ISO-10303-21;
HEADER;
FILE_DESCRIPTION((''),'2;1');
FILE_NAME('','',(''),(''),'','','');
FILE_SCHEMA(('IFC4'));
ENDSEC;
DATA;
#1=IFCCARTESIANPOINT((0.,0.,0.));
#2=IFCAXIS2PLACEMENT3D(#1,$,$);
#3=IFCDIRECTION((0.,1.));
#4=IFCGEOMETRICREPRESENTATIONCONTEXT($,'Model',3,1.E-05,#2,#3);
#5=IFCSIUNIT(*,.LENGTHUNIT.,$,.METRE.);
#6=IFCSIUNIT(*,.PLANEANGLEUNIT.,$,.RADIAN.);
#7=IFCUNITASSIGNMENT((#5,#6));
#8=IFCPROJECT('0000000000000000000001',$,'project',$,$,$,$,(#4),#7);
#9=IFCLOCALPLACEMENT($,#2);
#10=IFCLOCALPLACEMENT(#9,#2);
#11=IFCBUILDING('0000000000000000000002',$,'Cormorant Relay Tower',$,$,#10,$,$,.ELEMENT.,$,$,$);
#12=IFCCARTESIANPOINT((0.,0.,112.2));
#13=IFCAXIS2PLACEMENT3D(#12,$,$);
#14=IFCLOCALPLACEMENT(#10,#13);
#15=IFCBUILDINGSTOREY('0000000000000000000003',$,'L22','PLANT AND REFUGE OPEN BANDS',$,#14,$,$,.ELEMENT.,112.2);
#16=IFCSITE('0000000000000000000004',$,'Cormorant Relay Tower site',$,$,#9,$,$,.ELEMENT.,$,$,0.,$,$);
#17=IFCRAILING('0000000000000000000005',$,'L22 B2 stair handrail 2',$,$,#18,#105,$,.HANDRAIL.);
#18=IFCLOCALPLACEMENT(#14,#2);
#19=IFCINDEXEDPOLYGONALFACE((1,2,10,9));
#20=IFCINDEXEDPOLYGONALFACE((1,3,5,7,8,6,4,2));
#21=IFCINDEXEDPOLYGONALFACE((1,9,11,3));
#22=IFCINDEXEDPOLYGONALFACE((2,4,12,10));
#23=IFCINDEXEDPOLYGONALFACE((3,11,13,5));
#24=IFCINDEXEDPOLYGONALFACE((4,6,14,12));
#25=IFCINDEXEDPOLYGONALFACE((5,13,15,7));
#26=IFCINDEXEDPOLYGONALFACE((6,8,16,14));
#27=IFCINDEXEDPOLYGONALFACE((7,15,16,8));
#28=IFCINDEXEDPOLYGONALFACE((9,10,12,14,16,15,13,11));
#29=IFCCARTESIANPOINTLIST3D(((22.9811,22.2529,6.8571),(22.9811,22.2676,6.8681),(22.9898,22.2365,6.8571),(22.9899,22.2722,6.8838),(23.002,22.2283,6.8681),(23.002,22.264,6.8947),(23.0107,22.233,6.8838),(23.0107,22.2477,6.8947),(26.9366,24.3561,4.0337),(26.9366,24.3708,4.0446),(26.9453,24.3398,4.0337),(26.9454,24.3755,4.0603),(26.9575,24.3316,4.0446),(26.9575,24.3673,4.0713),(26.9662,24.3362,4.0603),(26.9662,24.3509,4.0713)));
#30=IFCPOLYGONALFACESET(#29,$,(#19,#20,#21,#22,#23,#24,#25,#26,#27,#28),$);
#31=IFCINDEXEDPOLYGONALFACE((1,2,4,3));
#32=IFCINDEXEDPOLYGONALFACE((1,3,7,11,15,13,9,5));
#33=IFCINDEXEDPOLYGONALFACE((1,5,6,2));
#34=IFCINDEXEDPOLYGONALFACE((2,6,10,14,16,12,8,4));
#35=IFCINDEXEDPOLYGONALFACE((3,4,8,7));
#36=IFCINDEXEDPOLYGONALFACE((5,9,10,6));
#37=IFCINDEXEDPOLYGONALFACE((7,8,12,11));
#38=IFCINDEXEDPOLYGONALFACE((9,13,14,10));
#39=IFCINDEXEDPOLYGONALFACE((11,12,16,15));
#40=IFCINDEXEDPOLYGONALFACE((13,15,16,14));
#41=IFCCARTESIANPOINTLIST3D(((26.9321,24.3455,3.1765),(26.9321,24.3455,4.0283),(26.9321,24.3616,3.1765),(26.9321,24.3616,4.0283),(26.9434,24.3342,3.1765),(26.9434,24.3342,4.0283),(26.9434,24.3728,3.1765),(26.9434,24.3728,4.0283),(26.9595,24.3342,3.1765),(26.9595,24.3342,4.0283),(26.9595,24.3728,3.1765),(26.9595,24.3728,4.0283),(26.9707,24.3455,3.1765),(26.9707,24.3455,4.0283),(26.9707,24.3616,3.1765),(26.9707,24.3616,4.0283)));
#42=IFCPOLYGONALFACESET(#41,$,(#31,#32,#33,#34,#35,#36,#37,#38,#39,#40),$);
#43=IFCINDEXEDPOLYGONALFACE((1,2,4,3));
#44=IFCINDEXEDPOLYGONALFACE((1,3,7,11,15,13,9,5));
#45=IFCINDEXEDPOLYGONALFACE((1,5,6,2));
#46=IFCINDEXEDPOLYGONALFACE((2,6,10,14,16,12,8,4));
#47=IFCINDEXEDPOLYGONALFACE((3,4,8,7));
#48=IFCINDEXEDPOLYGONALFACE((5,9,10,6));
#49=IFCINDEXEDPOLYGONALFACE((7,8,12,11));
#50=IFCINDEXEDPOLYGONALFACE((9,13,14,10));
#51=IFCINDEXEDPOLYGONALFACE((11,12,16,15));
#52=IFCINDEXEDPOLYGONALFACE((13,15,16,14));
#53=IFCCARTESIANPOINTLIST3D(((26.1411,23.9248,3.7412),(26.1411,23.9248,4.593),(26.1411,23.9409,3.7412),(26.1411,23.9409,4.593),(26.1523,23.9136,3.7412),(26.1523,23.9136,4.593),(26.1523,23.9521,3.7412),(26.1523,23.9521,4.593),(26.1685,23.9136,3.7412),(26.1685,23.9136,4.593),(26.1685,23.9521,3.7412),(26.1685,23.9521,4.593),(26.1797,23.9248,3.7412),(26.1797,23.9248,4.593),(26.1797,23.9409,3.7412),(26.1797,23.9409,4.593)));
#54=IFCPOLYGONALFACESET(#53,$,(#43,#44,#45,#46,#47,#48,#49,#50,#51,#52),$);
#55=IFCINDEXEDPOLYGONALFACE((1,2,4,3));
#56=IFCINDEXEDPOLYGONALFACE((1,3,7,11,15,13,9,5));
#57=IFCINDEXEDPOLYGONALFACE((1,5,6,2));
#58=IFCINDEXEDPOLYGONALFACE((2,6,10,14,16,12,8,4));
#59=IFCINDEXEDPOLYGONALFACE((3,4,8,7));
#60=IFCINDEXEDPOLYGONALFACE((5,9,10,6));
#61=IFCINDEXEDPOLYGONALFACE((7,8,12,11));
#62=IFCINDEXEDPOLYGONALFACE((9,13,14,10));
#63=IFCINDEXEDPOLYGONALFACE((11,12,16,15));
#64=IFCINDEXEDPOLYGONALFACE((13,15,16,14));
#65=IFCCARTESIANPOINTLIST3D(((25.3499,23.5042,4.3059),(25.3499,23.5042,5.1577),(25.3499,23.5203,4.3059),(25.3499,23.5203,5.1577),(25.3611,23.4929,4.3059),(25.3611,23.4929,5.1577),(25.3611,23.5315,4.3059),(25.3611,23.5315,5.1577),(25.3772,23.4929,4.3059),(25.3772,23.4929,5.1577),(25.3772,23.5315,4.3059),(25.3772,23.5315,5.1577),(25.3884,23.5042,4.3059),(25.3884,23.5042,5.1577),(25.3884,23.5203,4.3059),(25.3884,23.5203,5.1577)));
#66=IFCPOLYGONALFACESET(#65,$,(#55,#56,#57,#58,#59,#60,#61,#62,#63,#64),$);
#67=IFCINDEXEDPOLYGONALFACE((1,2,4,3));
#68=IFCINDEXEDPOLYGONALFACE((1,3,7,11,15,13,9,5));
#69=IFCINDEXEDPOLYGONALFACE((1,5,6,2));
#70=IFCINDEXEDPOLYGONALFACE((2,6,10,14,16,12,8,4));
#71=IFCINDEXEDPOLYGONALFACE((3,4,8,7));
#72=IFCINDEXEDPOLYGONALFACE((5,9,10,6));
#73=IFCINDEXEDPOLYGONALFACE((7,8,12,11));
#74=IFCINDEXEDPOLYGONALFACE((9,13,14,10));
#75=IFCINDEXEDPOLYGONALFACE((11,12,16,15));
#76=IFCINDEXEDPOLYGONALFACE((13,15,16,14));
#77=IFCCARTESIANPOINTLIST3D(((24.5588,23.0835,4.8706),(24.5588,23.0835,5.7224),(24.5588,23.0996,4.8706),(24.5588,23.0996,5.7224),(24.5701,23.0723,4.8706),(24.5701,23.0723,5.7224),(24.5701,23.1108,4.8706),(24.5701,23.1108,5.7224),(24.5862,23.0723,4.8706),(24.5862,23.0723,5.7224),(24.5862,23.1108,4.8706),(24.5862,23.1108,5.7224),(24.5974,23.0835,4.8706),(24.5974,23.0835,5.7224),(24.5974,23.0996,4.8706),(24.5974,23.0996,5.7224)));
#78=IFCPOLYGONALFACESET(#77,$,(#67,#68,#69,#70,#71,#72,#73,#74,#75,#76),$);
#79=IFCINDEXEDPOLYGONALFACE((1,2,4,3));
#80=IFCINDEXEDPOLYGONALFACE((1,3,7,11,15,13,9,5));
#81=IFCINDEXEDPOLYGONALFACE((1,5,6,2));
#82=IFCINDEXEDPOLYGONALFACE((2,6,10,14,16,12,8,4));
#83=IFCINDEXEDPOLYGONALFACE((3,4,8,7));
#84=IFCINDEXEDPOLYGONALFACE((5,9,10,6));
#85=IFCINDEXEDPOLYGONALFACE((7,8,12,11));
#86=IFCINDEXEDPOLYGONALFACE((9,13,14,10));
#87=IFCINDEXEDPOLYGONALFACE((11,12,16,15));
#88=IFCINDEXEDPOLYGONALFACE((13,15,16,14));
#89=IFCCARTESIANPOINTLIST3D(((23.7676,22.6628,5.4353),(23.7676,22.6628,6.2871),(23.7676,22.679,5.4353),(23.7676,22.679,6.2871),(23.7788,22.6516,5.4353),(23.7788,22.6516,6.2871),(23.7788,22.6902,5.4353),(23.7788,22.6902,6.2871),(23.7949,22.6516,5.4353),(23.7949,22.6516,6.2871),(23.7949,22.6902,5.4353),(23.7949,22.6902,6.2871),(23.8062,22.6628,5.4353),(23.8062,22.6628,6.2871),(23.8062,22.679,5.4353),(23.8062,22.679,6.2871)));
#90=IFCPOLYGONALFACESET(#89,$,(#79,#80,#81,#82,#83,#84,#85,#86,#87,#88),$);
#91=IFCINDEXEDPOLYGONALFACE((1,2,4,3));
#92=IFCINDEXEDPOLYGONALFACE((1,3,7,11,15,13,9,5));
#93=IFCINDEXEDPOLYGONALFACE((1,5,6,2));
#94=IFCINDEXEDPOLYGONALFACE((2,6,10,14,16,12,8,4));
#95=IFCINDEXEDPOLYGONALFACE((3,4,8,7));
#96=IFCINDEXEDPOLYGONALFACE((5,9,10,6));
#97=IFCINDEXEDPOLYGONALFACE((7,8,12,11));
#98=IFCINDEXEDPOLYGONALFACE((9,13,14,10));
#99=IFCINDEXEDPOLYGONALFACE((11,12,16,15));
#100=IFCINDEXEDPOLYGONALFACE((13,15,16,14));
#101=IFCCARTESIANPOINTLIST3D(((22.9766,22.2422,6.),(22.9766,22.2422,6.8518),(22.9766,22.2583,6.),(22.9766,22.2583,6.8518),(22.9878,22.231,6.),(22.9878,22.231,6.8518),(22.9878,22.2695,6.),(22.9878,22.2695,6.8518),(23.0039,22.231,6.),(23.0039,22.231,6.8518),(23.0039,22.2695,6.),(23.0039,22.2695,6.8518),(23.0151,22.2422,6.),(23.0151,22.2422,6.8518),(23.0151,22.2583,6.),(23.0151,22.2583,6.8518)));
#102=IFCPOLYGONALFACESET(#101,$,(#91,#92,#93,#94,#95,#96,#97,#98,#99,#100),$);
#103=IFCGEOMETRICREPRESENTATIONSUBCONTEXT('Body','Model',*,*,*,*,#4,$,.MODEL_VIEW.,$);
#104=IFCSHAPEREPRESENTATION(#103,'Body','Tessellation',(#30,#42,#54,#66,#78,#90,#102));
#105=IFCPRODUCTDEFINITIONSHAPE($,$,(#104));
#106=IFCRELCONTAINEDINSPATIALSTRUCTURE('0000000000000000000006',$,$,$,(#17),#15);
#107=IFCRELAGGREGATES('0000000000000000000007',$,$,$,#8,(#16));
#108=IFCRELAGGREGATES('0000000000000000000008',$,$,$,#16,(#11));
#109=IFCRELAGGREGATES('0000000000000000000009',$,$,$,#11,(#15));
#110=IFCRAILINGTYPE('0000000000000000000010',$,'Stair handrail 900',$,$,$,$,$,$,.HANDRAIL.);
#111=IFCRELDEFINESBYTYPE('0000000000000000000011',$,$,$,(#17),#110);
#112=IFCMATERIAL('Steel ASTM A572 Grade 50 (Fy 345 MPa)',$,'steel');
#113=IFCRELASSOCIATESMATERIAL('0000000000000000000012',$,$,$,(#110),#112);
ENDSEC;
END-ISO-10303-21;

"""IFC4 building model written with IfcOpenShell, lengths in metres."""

from ifc_helpers import new_model, si_unit, direction, frame, origin, place, context, subcontext, project, spatial, polyline, outline, extrude, material, type_object, element, save


model = new_model("IFC4")

# Units and contexts
model_context = context("Model", 3, precision=1e-05, world=origin(), true_north=direction((0.0, 1.0)))
body_context = subcontext(model_context, "Body", "Model", "MODEL_VIEW")
ifc_project = project(units=[si_unit("LENGTHUNIT", "METRE"), si_unit("PLANEANGLEUNIT", "RADIAN")], contexts=[model_context])

# Site, building, storey
site_placement = place(None, origin())
site = spatial("IfcSite", under=ifc_project, at=site_placement, Name="Cormorant Relay Tower site", CompositionType="ELEMENT", RefElevation=0.0)
building_placement = place(site_placement, origin())
building = spatial("IfcBuilding", under=site, at=building_placement, Name="Cormorant Relay Tower", CompositionType="ELEMENT")
storey_placement = place(building_placement, frame((0.0, 0.0, 112.2)))
storey = spatial("IfcBuildingStorey", under=building, at=storey_placement, Name="L22", Description="PLANT AND REFUGE OPEN BANDS", CompositionType="ELEMENT", Elevation=112.2)

# Railing
ifc_material_1 = material(Name="Steel ASTM A572 Grade 50 (Fy 345 MPa)", Category="steel")
railing_type_1 = type_object("IfcRailingType", Name="Stair handrail 900", PredefinedType="HANDRAIL", material=ifc_material_1)
railing_1_placement = place(storey_placement, frame((26.9514, 24.3535, 3.1765)))
element("IfcRailing", 1, at=railing_1_placement, inside=storey, type_object=railing_type_1, Name="L22 B2 stair handrail 2", PredefinedType="HANDRAIL", context=body_context, shape_type="SweptSolid", body=[
    extrude(outline(polyline([(0.0222, 0.0093), (0.0093, 0.0222), (-0.0093, 0.0222), (-0.0222, 0.0093), (-0.0222, -0.0093), (-0.0093, -0.0222), (0.0093, -0.0222), (0.0222, -0.0093), (0.0222, 0.0093)])), frame((0.0, 0.0, 0.876), z_axis=(-0.746967, -0.397181, 0.533186), x_axis=(0.469482, -0.882942, 0.0)), (0.0, 0.0, 1.0), 5.2954),
    extrude(outline(polyline([(0.0193, 0.0081), (0.0081, 0.0193), (-0.0081, 0.0193), (-0.0193, 0.0081), (-0.0193, -0.0081), (-0.0081, -0.0193), (0.0081, -0.0193), (0.0193, -0.0081), (0.0193, 0.0081)])), origin(), (0.0, 0.0, 1.0), 0.8518),
    extrude(outline(polyline([(0.0193, 0.0081), (0.0081, 0.0193), (-0.0081, 0.0193), (-0.0193, 0.0081), (-0.0193, -0.0081), (-0.0081, -0.0193), (0.0081, -0.0193), (0.0193, -0.0081), (0.0193, 0.0081)])), frame((-0.791, -0.4207, 0.5647)), (0.0, 0.0, 1.0), 0.8518),
    extrude(outline(polyline([(0.0193, 0.0081), (0.0081, 0.0193), (-0.0081, 0.0193), (-0.0193, 0.0081), (-0.0193, -0.0081), (-0.0081, -0.0193), (0.0081, -0.0193), (0.0193, -0.0081), (0.0193, 0.0081)])), frame((-1.5823, -0.8413, 1.1294)), (0.0, 0.0, 1.0), 0.8518),
    extrude(outline(polyline([(0.0193, 0.0081), (0.0081, 0.0193), (-0.0081, 0.0193), (-0.0193, 0.0081), (-0.0193, -0.0081), (-0.0081, -0.0193), (0.0081, -0.0193), (0.0193, -0.0081), (0.0193, 0.0081)])), frame((-2.3733, -1.262, 1.6941)), (0.0, 0.0, 1.0), 0.8518),
    extrude(outline(polyline([(0.0193, 0.0081), (0.0081, 0.0193), (-0.0081, 0.0193), (-0.0193, 0.0081), (-0.0193, -0.0081), (-0.0081, -0.0193), (0.0081, -0.0193), (0.0193, -0.0081), (0.0193, 0.0081)])), frame((-3.1646, -1.6826, 2.2588)), (0.0, 0.0, 1.0), 0.8518),
    extrude(outline(polyline([(0.0193, 0.0081), (0.0081, 0.0193), (-0.0081, 0.0193), (-0.0193, 0.0081), (-0.0193, -0.0081), (-0.0081, -0.0193), (0.0081, -0.0193), (0.0193, -0.0081), (0.0193, 0.0081)])), frame((-3.9556, -2.1033, 2.8235)), (0.0, 0.0, 1.0), 0.8518),
])

save(model, "model.ifc")
